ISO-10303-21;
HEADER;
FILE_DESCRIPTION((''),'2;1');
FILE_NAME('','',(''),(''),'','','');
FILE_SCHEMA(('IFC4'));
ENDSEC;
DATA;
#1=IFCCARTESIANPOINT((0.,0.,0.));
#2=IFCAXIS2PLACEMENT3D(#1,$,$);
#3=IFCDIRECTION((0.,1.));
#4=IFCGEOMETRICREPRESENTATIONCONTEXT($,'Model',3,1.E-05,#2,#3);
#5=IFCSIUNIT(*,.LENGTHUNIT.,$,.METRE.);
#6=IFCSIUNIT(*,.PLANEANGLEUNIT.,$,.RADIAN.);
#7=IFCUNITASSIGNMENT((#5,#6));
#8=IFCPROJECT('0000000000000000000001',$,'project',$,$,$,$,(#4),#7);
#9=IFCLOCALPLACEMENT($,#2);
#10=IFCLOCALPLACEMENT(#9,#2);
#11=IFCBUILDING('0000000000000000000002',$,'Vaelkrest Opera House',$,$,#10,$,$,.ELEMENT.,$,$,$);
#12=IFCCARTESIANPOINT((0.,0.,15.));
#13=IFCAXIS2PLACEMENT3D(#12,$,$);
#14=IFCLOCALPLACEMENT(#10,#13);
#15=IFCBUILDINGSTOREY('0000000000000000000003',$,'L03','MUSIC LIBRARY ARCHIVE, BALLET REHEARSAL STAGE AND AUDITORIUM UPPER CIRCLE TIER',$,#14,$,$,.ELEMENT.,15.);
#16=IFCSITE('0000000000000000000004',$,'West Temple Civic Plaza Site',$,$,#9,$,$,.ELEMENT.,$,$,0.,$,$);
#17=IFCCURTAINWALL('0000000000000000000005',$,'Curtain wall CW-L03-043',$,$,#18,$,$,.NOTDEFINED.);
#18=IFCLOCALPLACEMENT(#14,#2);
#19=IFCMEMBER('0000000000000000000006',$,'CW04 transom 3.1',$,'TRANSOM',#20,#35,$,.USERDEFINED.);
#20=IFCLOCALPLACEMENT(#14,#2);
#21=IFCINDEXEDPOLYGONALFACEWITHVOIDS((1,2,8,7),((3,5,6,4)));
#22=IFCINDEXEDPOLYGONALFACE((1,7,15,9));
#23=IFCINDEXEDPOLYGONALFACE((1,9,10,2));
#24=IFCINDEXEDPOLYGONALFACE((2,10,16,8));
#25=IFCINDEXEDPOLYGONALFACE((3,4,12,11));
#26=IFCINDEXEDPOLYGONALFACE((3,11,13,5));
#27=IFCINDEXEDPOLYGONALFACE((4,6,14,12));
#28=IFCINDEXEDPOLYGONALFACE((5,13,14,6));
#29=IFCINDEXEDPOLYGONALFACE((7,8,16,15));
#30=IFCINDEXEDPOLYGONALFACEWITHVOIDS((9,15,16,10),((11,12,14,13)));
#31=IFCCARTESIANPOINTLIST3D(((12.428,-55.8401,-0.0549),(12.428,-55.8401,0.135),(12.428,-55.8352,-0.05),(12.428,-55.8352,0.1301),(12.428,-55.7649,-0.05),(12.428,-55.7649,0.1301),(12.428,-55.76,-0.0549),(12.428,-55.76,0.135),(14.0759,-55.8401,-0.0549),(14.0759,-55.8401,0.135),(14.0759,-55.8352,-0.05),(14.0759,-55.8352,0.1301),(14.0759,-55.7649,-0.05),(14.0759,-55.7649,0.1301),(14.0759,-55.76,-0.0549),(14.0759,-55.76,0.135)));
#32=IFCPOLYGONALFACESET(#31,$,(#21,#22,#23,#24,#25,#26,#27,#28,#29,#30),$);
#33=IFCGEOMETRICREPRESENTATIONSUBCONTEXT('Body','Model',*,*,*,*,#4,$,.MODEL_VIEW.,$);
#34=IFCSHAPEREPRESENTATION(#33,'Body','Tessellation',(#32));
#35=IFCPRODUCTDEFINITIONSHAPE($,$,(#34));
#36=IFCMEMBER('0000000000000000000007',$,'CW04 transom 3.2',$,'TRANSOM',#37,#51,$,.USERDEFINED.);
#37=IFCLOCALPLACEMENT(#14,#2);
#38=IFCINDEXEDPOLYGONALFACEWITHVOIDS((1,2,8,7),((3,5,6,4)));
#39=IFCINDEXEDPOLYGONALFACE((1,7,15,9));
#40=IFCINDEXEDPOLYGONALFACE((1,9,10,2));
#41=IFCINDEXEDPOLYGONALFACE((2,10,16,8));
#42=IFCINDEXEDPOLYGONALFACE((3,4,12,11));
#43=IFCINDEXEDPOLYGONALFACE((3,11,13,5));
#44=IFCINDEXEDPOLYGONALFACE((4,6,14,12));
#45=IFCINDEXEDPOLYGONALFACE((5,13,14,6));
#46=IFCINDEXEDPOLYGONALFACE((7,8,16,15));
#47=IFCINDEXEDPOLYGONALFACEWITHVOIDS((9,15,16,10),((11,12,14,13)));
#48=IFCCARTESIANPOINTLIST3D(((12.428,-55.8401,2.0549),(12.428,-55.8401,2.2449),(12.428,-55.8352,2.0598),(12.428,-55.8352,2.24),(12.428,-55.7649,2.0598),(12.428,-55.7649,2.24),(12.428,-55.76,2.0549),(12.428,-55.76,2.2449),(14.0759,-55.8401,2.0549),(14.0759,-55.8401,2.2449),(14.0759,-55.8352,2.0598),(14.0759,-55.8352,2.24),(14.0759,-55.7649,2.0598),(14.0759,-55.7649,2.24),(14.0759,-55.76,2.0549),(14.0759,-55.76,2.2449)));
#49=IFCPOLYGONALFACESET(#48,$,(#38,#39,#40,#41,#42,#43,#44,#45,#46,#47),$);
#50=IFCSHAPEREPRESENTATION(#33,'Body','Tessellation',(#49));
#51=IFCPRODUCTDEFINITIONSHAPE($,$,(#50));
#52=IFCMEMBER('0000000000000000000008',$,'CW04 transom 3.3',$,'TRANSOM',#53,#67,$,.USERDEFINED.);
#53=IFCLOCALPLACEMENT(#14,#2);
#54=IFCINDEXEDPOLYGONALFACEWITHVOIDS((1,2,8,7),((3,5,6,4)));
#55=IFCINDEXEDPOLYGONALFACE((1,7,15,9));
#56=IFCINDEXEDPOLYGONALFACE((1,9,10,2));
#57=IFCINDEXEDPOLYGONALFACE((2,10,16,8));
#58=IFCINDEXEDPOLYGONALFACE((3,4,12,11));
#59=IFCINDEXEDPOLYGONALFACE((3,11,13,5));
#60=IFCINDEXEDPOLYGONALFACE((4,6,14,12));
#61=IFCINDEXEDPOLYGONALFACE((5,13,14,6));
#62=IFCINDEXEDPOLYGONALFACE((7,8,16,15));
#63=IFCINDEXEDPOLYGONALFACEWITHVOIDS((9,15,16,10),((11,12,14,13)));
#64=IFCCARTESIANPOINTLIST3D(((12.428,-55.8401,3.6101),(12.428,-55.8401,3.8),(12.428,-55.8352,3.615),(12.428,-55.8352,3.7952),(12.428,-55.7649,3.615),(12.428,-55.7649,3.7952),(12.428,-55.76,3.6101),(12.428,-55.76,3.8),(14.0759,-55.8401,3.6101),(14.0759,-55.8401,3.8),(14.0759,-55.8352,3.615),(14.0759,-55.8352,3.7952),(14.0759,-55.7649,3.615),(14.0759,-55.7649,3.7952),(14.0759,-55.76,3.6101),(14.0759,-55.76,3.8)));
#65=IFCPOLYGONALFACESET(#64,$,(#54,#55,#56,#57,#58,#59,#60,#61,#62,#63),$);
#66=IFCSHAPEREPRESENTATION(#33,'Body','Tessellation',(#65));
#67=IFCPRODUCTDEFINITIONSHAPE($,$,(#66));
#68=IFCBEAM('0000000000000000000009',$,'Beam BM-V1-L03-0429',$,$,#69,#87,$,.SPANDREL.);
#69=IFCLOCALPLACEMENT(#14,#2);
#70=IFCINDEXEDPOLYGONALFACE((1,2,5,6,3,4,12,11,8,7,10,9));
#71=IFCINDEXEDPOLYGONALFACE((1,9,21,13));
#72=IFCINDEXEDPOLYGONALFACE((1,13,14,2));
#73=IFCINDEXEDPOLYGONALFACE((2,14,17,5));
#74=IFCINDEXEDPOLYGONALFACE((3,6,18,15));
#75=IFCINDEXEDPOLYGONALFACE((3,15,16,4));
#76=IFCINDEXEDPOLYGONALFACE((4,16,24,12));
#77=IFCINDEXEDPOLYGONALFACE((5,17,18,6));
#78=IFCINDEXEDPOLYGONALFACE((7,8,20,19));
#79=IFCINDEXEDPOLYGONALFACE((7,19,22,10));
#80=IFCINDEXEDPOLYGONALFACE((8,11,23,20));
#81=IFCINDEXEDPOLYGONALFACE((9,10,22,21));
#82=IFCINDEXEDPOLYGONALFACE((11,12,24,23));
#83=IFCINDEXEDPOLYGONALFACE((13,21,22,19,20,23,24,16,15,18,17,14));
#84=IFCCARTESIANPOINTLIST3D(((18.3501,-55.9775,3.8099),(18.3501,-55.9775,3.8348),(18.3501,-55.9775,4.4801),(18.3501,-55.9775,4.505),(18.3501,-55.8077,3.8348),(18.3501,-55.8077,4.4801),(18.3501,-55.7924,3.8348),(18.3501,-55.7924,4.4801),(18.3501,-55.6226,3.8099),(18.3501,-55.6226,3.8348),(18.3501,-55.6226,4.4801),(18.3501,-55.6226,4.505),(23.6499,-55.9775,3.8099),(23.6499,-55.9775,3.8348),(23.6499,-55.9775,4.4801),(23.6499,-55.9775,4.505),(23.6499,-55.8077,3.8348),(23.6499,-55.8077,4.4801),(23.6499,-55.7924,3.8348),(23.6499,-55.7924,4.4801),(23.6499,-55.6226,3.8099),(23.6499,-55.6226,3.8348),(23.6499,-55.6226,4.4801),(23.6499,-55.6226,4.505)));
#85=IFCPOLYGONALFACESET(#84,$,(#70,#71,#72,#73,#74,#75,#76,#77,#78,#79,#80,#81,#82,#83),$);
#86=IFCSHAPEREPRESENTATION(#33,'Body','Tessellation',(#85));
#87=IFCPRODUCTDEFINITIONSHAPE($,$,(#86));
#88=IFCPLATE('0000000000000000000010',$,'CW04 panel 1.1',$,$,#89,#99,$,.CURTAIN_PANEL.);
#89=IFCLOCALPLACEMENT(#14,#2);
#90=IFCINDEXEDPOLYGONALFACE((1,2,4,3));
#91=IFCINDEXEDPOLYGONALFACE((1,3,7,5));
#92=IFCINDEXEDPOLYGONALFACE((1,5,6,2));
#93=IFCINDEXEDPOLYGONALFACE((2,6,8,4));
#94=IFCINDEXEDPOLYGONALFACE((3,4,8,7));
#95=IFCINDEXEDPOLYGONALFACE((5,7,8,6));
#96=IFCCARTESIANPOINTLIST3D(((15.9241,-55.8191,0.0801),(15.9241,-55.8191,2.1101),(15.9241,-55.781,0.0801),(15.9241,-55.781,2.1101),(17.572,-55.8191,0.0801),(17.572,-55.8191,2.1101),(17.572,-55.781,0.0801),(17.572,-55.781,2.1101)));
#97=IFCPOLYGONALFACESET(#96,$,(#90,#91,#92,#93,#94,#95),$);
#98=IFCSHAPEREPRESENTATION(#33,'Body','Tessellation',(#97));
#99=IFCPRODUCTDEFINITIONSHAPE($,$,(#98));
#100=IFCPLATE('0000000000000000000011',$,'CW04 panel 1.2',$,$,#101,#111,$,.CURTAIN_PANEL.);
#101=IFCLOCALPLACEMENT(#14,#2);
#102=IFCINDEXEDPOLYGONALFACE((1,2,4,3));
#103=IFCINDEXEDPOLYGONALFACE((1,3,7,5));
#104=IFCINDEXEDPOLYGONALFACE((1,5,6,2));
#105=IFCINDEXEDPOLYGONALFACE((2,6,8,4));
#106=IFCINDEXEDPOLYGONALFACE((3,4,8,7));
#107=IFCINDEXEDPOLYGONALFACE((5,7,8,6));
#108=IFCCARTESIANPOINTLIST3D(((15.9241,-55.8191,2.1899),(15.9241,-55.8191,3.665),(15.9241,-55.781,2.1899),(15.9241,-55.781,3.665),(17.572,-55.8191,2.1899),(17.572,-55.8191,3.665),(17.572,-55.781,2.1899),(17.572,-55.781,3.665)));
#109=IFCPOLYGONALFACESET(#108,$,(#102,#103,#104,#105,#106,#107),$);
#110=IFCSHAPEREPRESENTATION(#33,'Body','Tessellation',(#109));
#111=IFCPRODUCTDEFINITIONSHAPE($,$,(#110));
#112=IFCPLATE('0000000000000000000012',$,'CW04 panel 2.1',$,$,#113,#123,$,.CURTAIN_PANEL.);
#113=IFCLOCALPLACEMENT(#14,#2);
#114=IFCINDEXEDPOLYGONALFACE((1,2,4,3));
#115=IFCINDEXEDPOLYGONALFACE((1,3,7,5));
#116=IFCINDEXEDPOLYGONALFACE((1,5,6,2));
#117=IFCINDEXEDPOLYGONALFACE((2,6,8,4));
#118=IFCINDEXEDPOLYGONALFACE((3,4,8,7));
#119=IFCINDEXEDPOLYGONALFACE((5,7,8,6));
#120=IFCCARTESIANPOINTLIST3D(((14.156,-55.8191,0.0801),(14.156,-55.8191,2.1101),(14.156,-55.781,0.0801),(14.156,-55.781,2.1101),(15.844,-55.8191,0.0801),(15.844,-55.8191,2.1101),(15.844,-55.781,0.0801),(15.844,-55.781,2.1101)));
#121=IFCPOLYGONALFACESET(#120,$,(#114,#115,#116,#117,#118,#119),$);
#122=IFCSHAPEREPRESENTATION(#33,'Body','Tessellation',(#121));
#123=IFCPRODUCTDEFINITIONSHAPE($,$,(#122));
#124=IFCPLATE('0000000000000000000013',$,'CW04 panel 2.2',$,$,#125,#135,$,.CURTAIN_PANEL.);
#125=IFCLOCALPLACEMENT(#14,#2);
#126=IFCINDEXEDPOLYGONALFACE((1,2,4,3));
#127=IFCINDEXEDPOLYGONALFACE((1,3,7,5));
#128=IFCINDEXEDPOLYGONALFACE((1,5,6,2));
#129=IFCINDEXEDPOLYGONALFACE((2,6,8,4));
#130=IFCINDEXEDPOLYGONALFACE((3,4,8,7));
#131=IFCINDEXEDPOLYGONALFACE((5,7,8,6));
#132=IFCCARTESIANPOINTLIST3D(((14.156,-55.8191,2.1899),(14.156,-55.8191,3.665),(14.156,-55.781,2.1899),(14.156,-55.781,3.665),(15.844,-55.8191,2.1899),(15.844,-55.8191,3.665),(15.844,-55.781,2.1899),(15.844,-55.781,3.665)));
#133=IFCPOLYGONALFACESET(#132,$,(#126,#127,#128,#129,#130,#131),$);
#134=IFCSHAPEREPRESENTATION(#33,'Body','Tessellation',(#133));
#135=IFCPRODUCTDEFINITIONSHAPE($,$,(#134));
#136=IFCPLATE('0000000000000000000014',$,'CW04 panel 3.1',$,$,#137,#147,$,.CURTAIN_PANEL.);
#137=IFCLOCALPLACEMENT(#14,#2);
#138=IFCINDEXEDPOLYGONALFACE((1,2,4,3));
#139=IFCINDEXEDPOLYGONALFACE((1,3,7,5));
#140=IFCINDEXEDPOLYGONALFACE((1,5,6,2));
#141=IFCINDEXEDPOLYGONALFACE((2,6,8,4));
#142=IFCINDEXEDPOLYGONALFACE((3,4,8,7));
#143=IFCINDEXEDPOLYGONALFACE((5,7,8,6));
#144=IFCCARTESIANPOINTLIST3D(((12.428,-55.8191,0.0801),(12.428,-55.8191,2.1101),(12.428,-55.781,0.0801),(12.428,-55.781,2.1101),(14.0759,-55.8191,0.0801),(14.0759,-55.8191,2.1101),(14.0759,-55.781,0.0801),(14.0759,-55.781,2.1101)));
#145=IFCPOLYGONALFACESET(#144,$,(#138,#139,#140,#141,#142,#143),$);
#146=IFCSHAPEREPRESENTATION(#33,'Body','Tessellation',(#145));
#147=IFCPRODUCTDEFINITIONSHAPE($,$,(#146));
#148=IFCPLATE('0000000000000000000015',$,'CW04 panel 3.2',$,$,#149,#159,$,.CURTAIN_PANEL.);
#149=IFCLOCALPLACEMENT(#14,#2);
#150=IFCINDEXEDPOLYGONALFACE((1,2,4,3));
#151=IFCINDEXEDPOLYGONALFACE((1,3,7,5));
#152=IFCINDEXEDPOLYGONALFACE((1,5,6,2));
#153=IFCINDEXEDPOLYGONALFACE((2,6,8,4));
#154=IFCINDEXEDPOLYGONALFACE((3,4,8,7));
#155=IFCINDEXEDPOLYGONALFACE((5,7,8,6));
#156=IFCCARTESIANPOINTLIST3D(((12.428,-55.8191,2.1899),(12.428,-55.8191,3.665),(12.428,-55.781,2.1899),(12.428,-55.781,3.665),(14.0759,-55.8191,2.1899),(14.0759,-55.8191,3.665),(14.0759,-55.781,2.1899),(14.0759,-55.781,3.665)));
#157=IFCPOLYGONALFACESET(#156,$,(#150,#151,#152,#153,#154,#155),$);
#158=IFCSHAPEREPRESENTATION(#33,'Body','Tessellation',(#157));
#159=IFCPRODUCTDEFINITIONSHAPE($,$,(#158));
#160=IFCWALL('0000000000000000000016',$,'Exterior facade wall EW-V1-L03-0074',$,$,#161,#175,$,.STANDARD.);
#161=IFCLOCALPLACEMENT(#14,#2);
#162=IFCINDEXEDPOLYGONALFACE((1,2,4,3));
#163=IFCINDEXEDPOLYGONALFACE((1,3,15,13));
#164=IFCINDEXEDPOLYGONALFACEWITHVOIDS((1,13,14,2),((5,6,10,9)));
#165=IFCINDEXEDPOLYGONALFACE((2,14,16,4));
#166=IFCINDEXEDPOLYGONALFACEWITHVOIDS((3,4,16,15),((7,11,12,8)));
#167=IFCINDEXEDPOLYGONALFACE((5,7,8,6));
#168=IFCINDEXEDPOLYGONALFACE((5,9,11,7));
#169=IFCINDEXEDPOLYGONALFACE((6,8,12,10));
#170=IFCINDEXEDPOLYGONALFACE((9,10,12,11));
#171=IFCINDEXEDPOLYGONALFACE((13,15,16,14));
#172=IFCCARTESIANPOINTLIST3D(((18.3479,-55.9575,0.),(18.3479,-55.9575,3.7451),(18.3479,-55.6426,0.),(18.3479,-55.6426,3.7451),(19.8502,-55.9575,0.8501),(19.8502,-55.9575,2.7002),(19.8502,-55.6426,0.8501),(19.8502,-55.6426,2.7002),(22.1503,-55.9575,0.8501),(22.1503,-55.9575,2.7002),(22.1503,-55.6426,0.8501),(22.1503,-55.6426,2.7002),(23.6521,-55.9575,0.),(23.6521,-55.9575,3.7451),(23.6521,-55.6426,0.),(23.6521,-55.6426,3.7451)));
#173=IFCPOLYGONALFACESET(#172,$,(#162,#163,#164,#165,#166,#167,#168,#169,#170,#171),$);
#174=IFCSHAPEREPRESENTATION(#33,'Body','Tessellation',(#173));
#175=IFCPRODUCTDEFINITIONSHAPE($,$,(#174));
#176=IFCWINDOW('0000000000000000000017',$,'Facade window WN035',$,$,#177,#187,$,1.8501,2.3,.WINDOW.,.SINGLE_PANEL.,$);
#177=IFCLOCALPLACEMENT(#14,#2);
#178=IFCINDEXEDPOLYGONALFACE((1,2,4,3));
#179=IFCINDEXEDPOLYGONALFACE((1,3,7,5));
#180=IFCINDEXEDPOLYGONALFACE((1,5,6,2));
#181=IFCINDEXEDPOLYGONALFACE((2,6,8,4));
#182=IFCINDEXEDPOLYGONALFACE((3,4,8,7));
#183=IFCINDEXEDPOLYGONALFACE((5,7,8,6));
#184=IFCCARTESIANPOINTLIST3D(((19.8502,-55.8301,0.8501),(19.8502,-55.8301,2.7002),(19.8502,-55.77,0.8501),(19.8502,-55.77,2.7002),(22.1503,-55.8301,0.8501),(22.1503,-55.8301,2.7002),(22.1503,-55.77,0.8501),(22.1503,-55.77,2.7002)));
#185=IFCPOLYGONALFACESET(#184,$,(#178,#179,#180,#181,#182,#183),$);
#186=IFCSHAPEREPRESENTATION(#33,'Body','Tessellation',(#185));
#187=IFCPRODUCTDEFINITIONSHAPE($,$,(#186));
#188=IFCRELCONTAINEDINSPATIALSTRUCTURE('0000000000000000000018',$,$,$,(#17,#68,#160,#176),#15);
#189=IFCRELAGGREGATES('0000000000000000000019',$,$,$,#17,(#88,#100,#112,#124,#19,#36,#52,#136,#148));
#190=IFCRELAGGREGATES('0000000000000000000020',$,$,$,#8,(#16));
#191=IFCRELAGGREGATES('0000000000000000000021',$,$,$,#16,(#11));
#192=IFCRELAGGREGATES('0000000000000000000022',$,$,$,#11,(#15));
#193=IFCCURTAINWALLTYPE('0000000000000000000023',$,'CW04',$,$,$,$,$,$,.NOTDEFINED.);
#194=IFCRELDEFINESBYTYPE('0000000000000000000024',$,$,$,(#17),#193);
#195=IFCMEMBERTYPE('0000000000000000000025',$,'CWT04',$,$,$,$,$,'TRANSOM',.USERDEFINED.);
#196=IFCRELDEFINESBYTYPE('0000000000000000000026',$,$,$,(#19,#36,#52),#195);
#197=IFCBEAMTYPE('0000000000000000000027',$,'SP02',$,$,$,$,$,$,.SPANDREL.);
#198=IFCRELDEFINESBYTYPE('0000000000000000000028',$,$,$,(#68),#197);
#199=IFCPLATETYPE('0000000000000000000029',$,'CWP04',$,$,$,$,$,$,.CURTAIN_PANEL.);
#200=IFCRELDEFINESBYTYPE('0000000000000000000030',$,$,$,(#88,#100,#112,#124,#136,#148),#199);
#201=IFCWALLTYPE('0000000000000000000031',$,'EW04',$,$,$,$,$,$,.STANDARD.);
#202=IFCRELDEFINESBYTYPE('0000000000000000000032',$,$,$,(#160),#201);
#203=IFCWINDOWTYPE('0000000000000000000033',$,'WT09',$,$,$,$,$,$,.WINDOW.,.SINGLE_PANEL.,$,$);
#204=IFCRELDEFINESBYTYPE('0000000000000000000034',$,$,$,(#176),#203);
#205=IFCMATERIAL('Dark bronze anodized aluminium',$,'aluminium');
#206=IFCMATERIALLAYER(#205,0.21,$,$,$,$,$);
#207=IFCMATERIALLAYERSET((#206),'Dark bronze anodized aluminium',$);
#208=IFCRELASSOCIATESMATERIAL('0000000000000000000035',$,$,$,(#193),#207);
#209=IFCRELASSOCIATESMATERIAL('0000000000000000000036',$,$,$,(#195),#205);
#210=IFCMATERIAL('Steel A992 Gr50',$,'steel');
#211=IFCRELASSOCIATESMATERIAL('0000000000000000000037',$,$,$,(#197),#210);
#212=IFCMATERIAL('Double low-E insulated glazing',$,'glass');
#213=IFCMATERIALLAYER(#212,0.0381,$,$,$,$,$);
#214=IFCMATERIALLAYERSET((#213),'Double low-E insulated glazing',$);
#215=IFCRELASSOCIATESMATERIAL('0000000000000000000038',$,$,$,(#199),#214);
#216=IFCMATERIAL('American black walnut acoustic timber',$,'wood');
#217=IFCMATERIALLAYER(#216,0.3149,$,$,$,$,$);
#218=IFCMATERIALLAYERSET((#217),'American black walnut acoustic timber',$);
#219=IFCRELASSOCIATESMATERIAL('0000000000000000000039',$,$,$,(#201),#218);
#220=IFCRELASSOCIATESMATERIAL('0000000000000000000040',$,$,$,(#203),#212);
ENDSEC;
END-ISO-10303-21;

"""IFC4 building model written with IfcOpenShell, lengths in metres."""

from ifc_helpers import new_model, si_unit, direction, frame, frame_2d, origin, origin_2d, place, context, subcontext, project, spatial, rectangle, hollow_rectangle, i_section, extrude, material, layer, layer_set, material_profile, profile_set, type_object, element, fill, aggregate, save


model = new_model("IFC4")

# Units and contexts
model_context = context("Model", 3, precision=1e-05, world=origin(), true_north=direction((0.0, 1.0)))
body_context = subcontext(model_context, "Body", "Model", "MODEL_VIEW")
ifc_project = project(units=[si_unit("LENGTHUNIT", "METRE"), si_unit("PLANEANGLEUNIT", "RADIAN")], contexts=[model_context])

# Site, building, storey
site_placement = place(None, origin())
site = spatial("IfcSite", under=ifc_project, at=site_placement, Name="West Temple Civic Plaza Site", CompositionType="ELEMENT", RefElevation=0.0)
building_placement = place(site_placement, origin())
building = spatial("IfcBuilding", under=site, at=building_placement, Name="Vaelkrest Opera House", CompositionType="ELEMENT")
storey_placement = place(building_placement, frame((0.0, 0.0, 15.0)))
storey = spatial("IfcBuildingStorey", under=building, at=storey_placement, Name="L03", Description="MUSIC LIBRARY ARCHIVE, BALLET REHEARSAL STAGE AND AUDITORIUM UPPER CIRCLE TIER", CompositionType="ELEMENT", Elevation=15.0)

# Curtain wall, members
ifc_material_1 = material(Name="Dark bronze anodized aluminium", Category="aluminium")
ifc_layer_1 = layer(ifc_material_1, 0.21)
ifc_layer_set_1 = layer_set([ifc_layer_1], Name="Dark bronze anodized aluminium")
curtain_wall_type = type_object("IfcCurtainWallType", Name="CW04", PredefinedType="NOTDEFINED", material=ifc_layer_set_1)
curtain_wall_placement = place(storey_placement, origin())
curtain_wall = element("IfcCurtainWall", 1, at=curtain_wall_placement, inside=storey, type_object=curtain_wall_type, Name="Curtain wall CW-L03-043", PredefinedType="NOTDEFINED")
ifc_material_profile_1 = material_profile(ifc_material_1, hollow_rectangle(XDim=0.0801, YDim=0.1899, WallThickness=0.0049, at=origin_2d()), Name="CWT80X190")
ifc_profile_set_1 = profile_set([ifc_material_profile_1], Name="Dark bronze anodized aluminium")
member_type_1 = type_object("IfcMemberType", Name="CWT04", ElementType="TRANSOM", PredefinedType="USERDEFINED", material=ifc_profile_set_1)
member_1_placement = place(storey_placement, frame((14.0759, -55.8, 0.04), z_axis=(-1.0, 0.0, 0.0), x_axis=(0.0, -1.0, 0.0)))
member_1 = element("IfcMember", 2, at=member_1_placement, type_object=member_type_1, Name="CW04 transom 3.1", ObjectType="TRANSOM", PredefinedType="USERDEFINED", context=body_context, shape_type="SweptSolid", body=[
    extrude(hollow_rectangle(XDim=0.0801, YDim=0.1899, WallThickness=0.0049, at=origin_2d()), origin(), (0.0, 0.0, 1.0), 1.6479),
])
member_2_placement = place(storey_placement, frame((14.0759, -55.8, 2.1499), z_axis=(-1.0, 0.0, 0.0), x_axis=(0.0, -1.0, 0.0)))
member_2 = element("IfcMember", 3, at=member_2_placement, type_object=member_type_1, Name="CW04 transom 3.2", ObjectType="TRANSOM", PredefinedType="USERDEFINED", context=body_context, shape_type="SweptSolid", body=[
    extrude(hollow_rectangle(XDim=0.0801, YDim=0.1899, WallThickness=0.0049, at=origin_2d()), origin(), (0.0, 0.0, 1.0), 1.6479),
])
member_3_placement = place(storey_placement, frame((14.0759, -55.8, 3.7051), z_axis=(-1.0, 0.0, 0.0), x_axis=(0.0, -1.0, 0.0)))
member_3 = element("IfcMember", 4, at=member_3_placement, type_object=member_type_1, Name="CW04 transom 3.3", ObjectType="TRANSOM", PredefinedType="USERDEFINED", context=body_context, shape_type="SweptSolid", body=[
    extrude(hollow_rectangle(XDim=0.0801, YDim=0.1899, WallThickness=0.0049, at=origin_2d()), origin(), (0.0, 0.0, 1.0), 1.6479),
])

# Beam
ifc_material_2 = material(Name="Steel A992 Gr50", Category="steel")
ifc_material_profile_2 = material_profile(ifc_material_2, i_section(OverallWidth=0.355, OverallDepth=0.6951, WebThickness=0.0154, FlangeThickness=0.0249, at=origin_2d()), Name="W27X146")
ifc_profile_set_2 = profile_set([ifc_material_profile_2], Name="Steel A992 Gr50")
beam_type = type_object("IfcBeamType", Name="SP02", PredefinedType="SPANDREL", material=ifc_profile_set_2)
beam_placement = place(storey_placement, frame((18.3501, -55.8, 4.1575), z_axis=(1.0, 0.0, 0.0), x_axis=(0.0, 1.0, 0.0)))
element("IfcBeam", 5, at=beam_placement, inside=storey, type_object=beam_type, Name="Beam BM-V1-L03-0429", PredefinedType="SPANDREL", context=body_context, shape_type="SweptSolid", body=[
    extrude(i_section(OverallWidth=0.355, OverallDepth=0.6951, WebThickness=0.0154, FlangeThickness=0.0249, at=origin_2d()), origin(), (0.0, 0.0, 1.0), 5.2998),
])

# Plates
ifc_material_3 = material(Name="Double low-E insulated glazing", Category="glass")
ifc_layer_2 = layer(ifc_material_3, 0.0381)
ifc_layer_set_2 = layer_set([ifc_layer_2], Name="Double low-E insulated glazing")
plate_type = type_object("IfcPlateType", Name="CWP04", PredefinedType="CURTAIN_PANEL", material=ifc_layer_set_2)
plate_1_placement = place(storey_placement, frame((16.748, -55.8, 0.0801), z_axis=(0.0, 0.0, 1.0), x_axis=(-1.0, 0.0, 0.0)))
plate_1 = element("IfcPlate", 6, at=plate_1_placement, type_object=plate_type, Name="CW04 panel 1.1", PredefinedType="CURTAIN_PANEL", context=body_context, shape_type="SweptSolid", body=[
    extrude(rectangle(XDim=1.6479, YDim=0.0381, at=origin_2d()), origin(), (0.0, 0.0, 1.0), 2.03),
])
plate_2_placement = place(storey_placement, frame((16.748, -55.8, 2.1899), z_axis=(0.0, 0.0, 1.0), x_axis=(-1.0, 0.0, 0.0)))
plate_2 = element("IfcPlate", 7, at=plate_2_placement, type_object=plate_type, Name="CW04 panel 1.2", PredefinedType="CURTAIN_PANEL", context=body_context, shape_type="SweptSolid", body=[
    extrude(rectangle(XDim=1.6479, YDim=0.0381, at=origin_2d()), origin(), (0.0, 0.0, 1.0), 1.4751),
])
plate_3_placement = place(storey_placement, frame((15.0, -55.8, 0.0801), z_axis=(0.0, 0.0, 1.0), x_axis=(-1.0, 0.0, 0.0)))
plate_3 = element("IfcPlate", 8, at=plate_3_placement, type_object=plate_type, Name="CW04 panel 2.1", PredefinedType="CURTAIN_PANEL", context=body_context, shape_type="SweptSolid", body=[
    extrude(rectangle(XDim=1.688, YDim=0.0381, at=origin_2d()), origin(), (0.0, 0.0, 1.0), 2.03),
])
plate_4_placement = place(storey_placement, frame((15.0, -55.8, 2.1899), z_axis=(0.0, 0.0, 1.0), x_axis=(-1.0, 0.0, 0.0)))
plate_4 = element("IfcPlate", 9, at=plate_4_placement, type_object=plate_type, Name="CW04 panel 2.2", PredefinedType="CURTAIN_PANEL", context=body_context, shape_type="SweptSolid", body=[
    extrude(rectangle(XDim=1.688, YDim=0.0381, at=origin_2d()), origin(), (0.0, 0.0, 1.0), 1.4751),
])
plate_5_placement = place(storey_placement, frame((13.252, -55.8, 0.0801), z_axis=(0.0, 0.0, 1.0), x_axis=(-1.0, 0.0, 0.0)))
plate_5 = element("IfcPlate", 10, at=plate_5_placement, type_object=plate_type, Name="CW04 panel 3.1", PredefinedType="CURTAIN_PANEL", context=body_context, shape_type="SweptSolid", body=[
    extrude(rectangle(XDim=1.6479, YDim=0.0381, at=origin_2d()), origin(), (0.0, 0.0, 1.0), 2.03),
])
plate_6_placement = place(storey_placement, frame((13.252, -55.8, 2.1899), z_axis=(0.0, 0.0, 1.0), x_axis=(-1.0, 0.0, 0.0)))
plate_6 = element("IfcPlate", 11, at=plate_6_placement, type_object=plate_type, Name="CW04 panel 3.2", PredefinedType="CURTAIN_PANEL", context=body_context, shape_type="SweptSolid", body=[
    extrude(rectangle(XDim=1.6479, YDim=0.0381, at=origin_2d()), origin(), (0.0, 0.0, 1.0), 1.4751),
])
aggregate(curtain_wall, [plate_1, plate_2, plate_3, plate_4, member_1, member_2, member_3, plate_5, plate_6])

# Wall, opening, window
ifc_material_4 = material(Name="American black walnut acoustic timber", Category="wood")
ifc_layer_3 = layer(ifc_material_4, 0.3149)
ifc_layer_set_3 = layer_set([ifc_layer_3], Name="American black walnut acoustic timber")
wall_type = type_object("IfcWallType", Name="EW04", PredefinedType="STANDARD", material=ifc_layer_set_3)
wall_placement = place(storey_placement, frame((23.6521, -55.8, 0.0), z_axis=(0.0, 0.0, 1.0), x_axis=(-1.0, 0.0, 0.0)))
wall = element("IfcWall", 12, at=wall_placement, inside=storey, type_object=wall_type, Name="Exterior facade wall EW-V1-L03-0074", PredefinedType="STANDARD", context=body_context, shape_type="SweptSolid", body=[
    extrude(rectangle(XDim=5.3042, YDim=0.3149, at=frame_2d((2.6521, 0.0))), origin(), (0.0, 0.0, 1.0), 3.7451),
])
opening_placement = place(wall_placement, frame((1.502, 0.0, 0.8501)))
opening = element("IfcOpeningElement", 13, at=opening_placement, cuts=wall, PredefinedType="OPENING", context=body_context, shape_type="SweptSolid", body=[
    extrude(rectangle(XDim=2.3, YDim=1.8501, at=frame_2d((1.1499, 0.925))), frame((0.0, 0.1675, 0.0), z_axis=(0.0, -1.0, 0.0), x_axis=(1.0, 0.0, 0.0)), (0.0, 0.0, 1.0), 0.335),
])
window_type = type_object("IfcWindowType", Name="WT09", PartitioningType="SINGLE_PANEL", PredefinedType="WINDOW", material=ifc_material_3)
window_placement = place(opening_placement, origin())
window = element("IfcWindow", 14, at=window_placement, inside=storey, type_object=window_type, Name="Facade window WN035", OverallHeight=1.8501, OverallWidth=2.3, PartitioningType="SINGLE_PANEL", PredefinedType="WINDOW", context=body_context, shape_type="SweptSolid", body=[
    extrude(rectangle(XDim=2.3, YDim=1.8501, at=frame_2d((1.1499, 0.925))), frame((0.0, 0.03, 0.0), z_axis=(0.0, -1.0, 0.0), x_axis=(1.0, 0.0, 0.0)), (0.0, 0.0, 1.0), 0.0601),
])
fill(opening, window)

save(model, "model.ifc")
